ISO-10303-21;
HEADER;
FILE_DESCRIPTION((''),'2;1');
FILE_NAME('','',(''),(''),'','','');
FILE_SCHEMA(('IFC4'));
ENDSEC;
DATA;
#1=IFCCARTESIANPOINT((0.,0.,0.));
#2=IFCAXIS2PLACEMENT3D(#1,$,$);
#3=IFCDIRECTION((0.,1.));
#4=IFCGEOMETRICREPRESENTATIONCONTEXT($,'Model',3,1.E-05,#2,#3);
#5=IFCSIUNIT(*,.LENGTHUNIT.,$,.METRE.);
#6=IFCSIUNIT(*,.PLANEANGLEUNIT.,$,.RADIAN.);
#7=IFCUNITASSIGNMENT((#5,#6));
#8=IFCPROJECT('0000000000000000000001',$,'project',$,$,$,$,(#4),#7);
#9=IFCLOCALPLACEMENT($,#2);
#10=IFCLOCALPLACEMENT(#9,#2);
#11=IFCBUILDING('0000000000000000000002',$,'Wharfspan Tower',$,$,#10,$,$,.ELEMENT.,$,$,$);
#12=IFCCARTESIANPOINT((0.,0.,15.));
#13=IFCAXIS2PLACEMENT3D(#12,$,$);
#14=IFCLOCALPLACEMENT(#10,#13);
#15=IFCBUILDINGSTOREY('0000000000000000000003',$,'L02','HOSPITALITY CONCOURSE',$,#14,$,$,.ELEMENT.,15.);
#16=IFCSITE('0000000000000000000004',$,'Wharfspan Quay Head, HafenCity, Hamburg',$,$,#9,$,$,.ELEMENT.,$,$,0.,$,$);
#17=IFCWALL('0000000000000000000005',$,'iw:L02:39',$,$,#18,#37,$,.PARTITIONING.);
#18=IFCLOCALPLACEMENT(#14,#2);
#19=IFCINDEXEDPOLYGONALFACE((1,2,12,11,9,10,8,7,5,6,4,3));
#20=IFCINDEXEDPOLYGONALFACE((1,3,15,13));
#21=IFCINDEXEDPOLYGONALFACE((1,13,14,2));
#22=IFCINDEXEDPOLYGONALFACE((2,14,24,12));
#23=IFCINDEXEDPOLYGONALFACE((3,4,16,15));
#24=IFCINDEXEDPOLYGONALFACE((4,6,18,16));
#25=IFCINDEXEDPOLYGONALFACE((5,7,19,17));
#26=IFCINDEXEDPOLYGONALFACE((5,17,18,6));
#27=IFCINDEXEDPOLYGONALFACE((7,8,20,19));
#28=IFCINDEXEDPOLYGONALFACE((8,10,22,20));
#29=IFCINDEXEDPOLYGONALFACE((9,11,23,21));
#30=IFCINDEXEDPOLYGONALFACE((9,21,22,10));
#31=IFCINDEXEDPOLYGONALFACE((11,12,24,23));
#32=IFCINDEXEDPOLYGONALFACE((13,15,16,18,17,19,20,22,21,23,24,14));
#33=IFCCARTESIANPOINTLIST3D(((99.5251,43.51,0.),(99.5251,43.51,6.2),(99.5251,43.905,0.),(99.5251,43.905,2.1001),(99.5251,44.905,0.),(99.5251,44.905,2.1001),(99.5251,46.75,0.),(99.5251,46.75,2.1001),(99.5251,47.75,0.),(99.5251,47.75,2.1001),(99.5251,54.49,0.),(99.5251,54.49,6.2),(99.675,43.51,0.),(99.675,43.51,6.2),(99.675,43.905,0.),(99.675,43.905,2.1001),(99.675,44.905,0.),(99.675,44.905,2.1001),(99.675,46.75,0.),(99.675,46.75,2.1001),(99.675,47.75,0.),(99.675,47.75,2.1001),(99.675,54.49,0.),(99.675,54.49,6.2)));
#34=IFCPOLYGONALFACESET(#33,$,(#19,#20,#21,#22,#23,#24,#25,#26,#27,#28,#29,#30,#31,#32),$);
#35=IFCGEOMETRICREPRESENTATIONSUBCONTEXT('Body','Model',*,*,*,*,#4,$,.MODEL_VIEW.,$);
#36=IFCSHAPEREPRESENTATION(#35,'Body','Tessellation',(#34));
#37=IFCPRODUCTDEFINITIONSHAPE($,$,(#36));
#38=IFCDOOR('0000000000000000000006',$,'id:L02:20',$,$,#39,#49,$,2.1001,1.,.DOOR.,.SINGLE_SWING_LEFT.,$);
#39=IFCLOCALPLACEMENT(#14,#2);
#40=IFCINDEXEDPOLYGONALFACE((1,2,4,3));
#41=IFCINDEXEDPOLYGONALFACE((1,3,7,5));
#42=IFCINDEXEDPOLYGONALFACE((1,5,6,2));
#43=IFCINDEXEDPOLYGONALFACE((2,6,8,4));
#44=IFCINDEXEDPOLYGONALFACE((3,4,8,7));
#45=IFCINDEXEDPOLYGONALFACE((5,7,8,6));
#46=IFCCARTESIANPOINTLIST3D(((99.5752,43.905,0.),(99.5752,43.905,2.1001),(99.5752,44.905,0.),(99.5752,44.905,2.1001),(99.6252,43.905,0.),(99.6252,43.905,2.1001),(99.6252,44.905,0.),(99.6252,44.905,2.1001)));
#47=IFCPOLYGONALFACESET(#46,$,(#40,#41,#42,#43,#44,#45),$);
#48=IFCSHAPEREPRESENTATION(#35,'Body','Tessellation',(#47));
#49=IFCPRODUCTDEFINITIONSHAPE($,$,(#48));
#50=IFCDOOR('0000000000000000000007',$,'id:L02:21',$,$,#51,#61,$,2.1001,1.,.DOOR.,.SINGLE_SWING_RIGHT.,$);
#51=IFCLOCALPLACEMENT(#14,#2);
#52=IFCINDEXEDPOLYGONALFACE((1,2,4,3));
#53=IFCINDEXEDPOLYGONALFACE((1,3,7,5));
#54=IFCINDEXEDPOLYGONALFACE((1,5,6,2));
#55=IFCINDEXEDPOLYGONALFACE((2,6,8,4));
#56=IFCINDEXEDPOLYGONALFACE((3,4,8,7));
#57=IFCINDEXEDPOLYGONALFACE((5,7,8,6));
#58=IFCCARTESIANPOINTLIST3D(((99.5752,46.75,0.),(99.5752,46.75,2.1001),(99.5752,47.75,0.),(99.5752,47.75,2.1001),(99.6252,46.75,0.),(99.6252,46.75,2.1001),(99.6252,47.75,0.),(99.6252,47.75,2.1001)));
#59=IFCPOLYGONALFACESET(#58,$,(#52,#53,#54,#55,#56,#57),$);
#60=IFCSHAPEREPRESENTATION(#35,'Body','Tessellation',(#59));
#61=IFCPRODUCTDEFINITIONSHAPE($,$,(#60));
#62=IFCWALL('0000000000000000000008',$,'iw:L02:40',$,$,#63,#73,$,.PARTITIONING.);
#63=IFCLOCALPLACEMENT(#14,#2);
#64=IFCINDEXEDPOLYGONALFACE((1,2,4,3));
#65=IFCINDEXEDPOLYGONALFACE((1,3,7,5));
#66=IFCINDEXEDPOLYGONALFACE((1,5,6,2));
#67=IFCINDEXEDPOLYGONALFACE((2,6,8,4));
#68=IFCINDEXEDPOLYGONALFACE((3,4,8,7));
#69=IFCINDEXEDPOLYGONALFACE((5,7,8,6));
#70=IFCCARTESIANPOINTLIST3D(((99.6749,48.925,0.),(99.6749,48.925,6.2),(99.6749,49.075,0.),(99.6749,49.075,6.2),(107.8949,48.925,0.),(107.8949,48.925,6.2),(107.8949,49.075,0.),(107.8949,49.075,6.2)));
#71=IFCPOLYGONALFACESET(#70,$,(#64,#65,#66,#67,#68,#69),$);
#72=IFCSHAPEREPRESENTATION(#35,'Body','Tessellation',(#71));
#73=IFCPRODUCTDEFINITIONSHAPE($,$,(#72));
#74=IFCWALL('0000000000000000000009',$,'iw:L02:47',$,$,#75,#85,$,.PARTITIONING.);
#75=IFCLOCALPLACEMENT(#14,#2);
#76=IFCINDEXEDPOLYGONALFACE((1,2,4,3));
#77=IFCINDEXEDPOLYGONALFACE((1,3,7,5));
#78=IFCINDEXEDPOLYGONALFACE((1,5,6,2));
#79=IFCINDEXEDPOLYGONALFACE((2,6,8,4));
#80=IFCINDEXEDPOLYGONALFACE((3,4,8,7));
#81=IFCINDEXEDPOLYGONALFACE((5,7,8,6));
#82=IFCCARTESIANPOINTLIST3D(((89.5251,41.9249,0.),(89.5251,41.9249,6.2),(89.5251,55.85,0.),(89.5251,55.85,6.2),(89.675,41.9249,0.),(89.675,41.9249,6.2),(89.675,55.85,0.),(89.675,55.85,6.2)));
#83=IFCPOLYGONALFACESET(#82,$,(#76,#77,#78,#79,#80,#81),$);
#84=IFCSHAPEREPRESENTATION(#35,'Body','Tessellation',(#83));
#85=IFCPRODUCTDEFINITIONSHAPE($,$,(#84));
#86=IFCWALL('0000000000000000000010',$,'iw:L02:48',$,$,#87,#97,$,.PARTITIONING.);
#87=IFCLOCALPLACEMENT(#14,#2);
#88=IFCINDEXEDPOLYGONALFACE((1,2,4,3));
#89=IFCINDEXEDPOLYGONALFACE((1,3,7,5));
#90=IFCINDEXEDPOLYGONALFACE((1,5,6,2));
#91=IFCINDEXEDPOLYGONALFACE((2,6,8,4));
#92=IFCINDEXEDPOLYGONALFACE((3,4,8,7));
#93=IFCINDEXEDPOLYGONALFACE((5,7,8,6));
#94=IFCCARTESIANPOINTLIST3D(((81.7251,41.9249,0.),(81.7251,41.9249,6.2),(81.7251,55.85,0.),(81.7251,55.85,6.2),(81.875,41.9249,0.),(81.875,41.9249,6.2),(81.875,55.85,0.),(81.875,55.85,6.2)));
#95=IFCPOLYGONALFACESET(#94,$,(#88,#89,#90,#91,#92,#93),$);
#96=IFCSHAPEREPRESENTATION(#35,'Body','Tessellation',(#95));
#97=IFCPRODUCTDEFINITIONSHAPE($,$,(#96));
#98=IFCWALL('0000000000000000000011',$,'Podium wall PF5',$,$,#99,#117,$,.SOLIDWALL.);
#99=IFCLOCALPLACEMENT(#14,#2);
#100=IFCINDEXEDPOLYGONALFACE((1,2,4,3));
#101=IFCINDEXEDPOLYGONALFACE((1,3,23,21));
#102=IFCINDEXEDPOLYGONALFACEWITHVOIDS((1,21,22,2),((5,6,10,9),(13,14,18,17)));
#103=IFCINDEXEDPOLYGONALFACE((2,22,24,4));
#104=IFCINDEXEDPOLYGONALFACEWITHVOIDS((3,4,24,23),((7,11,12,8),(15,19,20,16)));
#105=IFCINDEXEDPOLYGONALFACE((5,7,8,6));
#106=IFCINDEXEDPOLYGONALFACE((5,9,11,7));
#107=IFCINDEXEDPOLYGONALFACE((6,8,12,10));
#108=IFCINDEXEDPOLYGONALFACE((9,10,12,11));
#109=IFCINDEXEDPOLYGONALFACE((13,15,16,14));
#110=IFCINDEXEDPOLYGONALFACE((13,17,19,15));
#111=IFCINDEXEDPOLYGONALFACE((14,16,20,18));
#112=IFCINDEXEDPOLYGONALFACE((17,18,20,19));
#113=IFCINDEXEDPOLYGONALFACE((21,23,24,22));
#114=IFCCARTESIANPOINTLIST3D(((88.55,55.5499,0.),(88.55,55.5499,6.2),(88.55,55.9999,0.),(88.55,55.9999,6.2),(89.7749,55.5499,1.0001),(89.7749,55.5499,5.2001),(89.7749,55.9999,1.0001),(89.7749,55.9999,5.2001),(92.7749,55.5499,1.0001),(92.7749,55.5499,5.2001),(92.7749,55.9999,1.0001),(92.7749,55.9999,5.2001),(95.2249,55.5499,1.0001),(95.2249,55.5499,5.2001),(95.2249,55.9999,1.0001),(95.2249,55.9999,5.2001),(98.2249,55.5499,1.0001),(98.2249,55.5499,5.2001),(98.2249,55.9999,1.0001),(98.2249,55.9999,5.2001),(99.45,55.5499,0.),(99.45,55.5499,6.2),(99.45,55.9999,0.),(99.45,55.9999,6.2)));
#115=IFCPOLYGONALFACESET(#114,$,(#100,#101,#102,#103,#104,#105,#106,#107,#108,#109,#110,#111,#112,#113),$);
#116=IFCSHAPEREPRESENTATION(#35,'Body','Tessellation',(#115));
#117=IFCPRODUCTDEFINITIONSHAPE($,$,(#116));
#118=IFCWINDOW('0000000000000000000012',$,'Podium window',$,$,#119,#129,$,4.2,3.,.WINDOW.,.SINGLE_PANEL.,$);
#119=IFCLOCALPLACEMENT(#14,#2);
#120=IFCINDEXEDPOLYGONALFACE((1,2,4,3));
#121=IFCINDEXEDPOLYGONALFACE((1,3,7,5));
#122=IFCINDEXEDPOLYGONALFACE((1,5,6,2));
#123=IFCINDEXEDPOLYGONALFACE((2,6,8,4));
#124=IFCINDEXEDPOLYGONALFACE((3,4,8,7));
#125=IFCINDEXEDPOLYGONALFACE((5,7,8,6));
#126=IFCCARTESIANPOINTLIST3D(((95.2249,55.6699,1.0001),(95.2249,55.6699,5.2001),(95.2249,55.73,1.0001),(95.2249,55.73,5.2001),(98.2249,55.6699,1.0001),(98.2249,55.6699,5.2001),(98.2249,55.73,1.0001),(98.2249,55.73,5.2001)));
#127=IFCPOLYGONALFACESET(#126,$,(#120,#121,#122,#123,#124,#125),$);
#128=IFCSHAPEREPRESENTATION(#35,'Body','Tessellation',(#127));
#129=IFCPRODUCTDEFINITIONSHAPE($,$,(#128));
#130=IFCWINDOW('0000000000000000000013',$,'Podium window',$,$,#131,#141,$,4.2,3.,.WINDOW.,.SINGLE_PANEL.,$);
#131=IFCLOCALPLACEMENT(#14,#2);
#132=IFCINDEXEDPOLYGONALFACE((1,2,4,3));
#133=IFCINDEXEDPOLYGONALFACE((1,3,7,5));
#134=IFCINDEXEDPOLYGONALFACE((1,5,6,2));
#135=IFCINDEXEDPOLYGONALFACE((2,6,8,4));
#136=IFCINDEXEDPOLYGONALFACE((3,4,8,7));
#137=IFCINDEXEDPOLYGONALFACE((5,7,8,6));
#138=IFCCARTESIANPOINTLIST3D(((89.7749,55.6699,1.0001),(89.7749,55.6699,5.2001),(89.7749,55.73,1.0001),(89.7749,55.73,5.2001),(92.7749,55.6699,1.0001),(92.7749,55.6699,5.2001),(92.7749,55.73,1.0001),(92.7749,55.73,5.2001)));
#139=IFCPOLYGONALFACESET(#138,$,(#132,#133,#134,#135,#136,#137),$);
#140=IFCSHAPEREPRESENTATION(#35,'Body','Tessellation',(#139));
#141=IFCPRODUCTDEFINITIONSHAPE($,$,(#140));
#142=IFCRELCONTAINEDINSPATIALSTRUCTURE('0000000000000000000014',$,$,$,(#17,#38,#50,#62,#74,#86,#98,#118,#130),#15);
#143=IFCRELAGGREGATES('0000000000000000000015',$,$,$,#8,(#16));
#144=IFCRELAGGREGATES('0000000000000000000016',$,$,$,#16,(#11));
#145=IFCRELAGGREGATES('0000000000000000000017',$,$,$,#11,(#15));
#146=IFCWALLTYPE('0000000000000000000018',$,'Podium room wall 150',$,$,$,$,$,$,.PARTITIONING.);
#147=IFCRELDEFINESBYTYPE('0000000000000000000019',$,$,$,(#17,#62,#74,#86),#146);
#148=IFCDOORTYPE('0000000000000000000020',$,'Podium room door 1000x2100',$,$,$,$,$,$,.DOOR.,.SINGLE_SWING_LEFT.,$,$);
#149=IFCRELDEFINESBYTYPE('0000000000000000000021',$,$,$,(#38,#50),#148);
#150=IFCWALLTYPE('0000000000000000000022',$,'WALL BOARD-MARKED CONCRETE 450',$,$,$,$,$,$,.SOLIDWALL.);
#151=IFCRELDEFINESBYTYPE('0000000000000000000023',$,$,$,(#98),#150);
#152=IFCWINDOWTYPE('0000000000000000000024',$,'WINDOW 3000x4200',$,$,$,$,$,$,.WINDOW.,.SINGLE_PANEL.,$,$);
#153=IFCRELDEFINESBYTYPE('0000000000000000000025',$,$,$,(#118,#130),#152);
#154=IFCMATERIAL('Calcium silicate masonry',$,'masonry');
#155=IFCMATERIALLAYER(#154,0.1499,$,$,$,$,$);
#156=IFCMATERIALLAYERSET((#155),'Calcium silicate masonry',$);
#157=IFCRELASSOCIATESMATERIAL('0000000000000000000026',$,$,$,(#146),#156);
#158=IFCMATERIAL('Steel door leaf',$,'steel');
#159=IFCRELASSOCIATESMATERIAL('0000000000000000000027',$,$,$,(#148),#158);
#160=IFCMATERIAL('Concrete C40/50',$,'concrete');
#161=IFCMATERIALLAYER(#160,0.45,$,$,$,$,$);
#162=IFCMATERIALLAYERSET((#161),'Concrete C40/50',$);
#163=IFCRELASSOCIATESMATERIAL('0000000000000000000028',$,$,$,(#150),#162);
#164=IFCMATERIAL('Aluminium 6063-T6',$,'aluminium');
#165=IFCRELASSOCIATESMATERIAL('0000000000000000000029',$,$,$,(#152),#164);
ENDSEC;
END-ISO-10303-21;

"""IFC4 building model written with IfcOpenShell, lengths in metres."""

from ifc_helpers import new_model, si_unit, direction, frame, frame_2d, origin, place, context, subcontext, project, spatial, rectangle, extrude, material, layer, layer_set, type_object, element, fill, save


model = new_model("IFC4")

# Units and contexts
model_context = context("Model", 3, precision=1e-05, world=origin(), true_north=direction((0.0, 1.0)))
body_context = subcontext(model_context, "Body", "Model", "MODEL_VIEW")
ifc_project = project(units=[si_unit("LENGTHUNIT", "METRE"), si_unit("PLANEANGLEUNIT", "RADIAN")], contexts=[model_context])

# Site, building, storey
site_placement = place(None, origin())
site = spatial("IfcSite", under=ifc_project, at=site_placement, Name="Wharfspan Quay Head, HafenCity, Hamburg", CompositionType="ELEMENT", RefElevation=0.0)
building_placement = place(site_placement, origin())
building = spatial("IfcBuilding", under=site, at=building_placement, Name="Wharfspan Tower", CompositionType="ELEMENT")
storey_placement = place(building_placement, frame((0.0, 0.0, 15.0)))
storey = spatial("IfcBuildingStorey", under=building, at=storey_placement, Name="L02", Description="HOSPITALITY CONCOURSE", CompositionType="ELEMENT", Elevation=15.0)

# Shared definitions
ifc_material_1 = material(Name="Calcium silicate masonry", Category="masonry")
ifc_layer_1 = layer(ifc_material_1, 0.1499)
ifc_layer_set_1 = layer_set([ifc_layer_1], Name="Calcium silicate masonry")
wall_type_1 = type_object("IfcWallType", Name="Podium room wall 150", PredefinedType="PARTITIONING", material=ifc_layer_set_1)
ifc_material_2 = material(Name="Steel door leaf", Category="steel")

# Wall, openings, doors
wall_1_placement = place(storey_placement, frame((99.6001, 43.51, 0.0), z_axis=(0.0, 0.0, 1.0), x_axis=(0.0, 1.0, 0.0)))
wall_1 = element("IfcWall", 1, at=wall_1_placement, inside=storey, type_object=wall_type_1, Name="iw:L02:39", PredefinedType="PARTITIONING", context=body_context, shape_type="SweptSolid", body=[
    extrude(rectangle(XDim=10.98, YDim=0.1499, at=frame_2d((5.49, 0.0))), origin(), (0.0, 0.0, 1.0), 6.2),
])
opening_1_placement = place(wall_1_placement, frame((0.395, 0.0, 0.0)))
opening_1 = element("IfcOpeningElement", 2, at=opening_1_placement, cuts=wall_1, PredefinedType="OPENING", context=body_context, shape_type="SweptSolid", body=[
    extrude(rectangle(XDim=1.0, YDim=2.1001, at=frame_2d((0.5, 1.05))), frame((0.0, 0.085, 0.0), z_axis=(0.0, -1.0, 0.0), x_axis=(1.0, 0.0, 0.0)), (0.0, 0.0, 1.0), 0.1699),
])
opening_2_placement = place(wall_1_placement, frame((3.24, 0.0, 0.0)))
opening_2 = element("IfcOpeningElement", 3, at=opening_2_placement, cuts=wall_1, PredefinedType="OPENING", context=body_context, shape_type="SweptSolid", body=[
    extrude(rectangle(XDim=1.0, YDim=2.1001, at=frame_2d((0.5, 1.05))), frame((0.0, 0.085, 0.0), z_axis=(0.0, -1.0, 0.0), x_axis=(1.0, 0.0, 0.0)), (0.0, 0.0, 1.0), 0.1699),
])
door_type_1 = type_object("IfcDoorType", Name="Podium room door 1000x2100", OperationType="SINGLE_SWING_LEFT", PredefinedType="DOOR", material=ifc_material_2)
door_1_placement = place(opening_1_placement, origin())
door_1 = element("IfcDoor", 4, at=door_1_placement, inside=storey, type_object=door_type_1, Name="id:L02:20", OperationType="SINGLE_SWING_LEFT", OverallHeight=2.1001, OverallWidth=1.0, PredefinedType="DOOR", context=body_context, shape_type="SweptSolid", body=[
    extrude(rectangle(XDim=1.0, YDim=2.1001, at=frame_2d((0.5, 1.05))), frame((0.0, 0.0249, 0.0), z_axis=(0.0, -1.0, 0.0), x_axis=(1.0, 0.0, 0.0)), (0.0, 0.0, 1.0), 0.05),
])
fill(opening_1, door_1)
door_2_placement = place(opening_2_placement, origin())
door_2 = element("IfcDoor", 5, at=door_2_placement, inside=storey, type_object=door_type_1, Name="id:L02:21", OperationType="SINGLE_SWING_RIGHT", OverallHeight=2.1001, OverallWidth=1.0, PredefinedType="DOOR", context=body_context, shape_type="SweptSolid", body=[
    extrude(rectangle(XDim=1.0, YDim=2.1001, at=frame_2d((0.5, 1.05))), frame((0.0, 0.0249, 0.0), z_axis=(0.0, -1.0, 0.0), x_axis=(1.0, 0.0, 0.0)), (0.0, 0.0, 1.0), 0.05),
])
fill(opening_2, door_2)

# Walls
wall_2_placement = place(storey_placement, frame((99.675, 49.0, 0.0), z_axis=(0.0, 0.0, 1.0), x_axis=(1.0, 0.0, 0.0)))
element("IfcWall", 6, at=wall_2_placement, inside=storey, type_object=wall_type_1, Name="iw:L02:40", PredefinedType="PARTITIONING", context=body_context, shape_type="SweptSolid", body=[
    extrude(rectangle(XDim=8.22, YDim=0.1499, at=frame_2d((4.1099, 0.0))), origin(), (0.0, 0.0, 1.0), 6.2),
])
for number, where, z_axis, x_axis, name in (
    (7, (89.6001, 41.925, 0.0), (0.0, 0.0, 1.0), (0.0, 1.0, 0.0), "iw:L02:47"),
    (8, (81.8, 41.925, 0.0), (0.0, 0.0, 1.0), (0.0, 1.0, 0.0), "iw:L02:48"),
):
    element("IfcWall", number, at=place(storey_placement, frame(where, z_axis=z_axis, x_axis=x_axis)), inside=storey, type_object=wall_type_1, Name=name, PredefinedType="PARTITIONING", context=body_context, shape_type="SweptSolid", body=[
        extrude(rectangle(XDim=13.925, YDim=0.1499, at=frame_2d((6.9624, 0.0))), origin(), (0.0, 0.0, 1.0), 6.2),
    ])

# Wall, openings, windows
ifc_material_3 = material(Name="Concrete C40/50", Category="concrete")
ifc_layer_2 = layer(ifc_material_3, 0.45)
ifc_layer_set_2 = layer_set([ifc_layer_2], Name="Concrete C40/50")
wall_type_2 = type_object("IfcWallType", Name="WALL BOARD-MARKED CONCRETE 450", PredefinedType="SOLIDWALL", material=ifc_layer_set_2)
wall_3_placement = place(storey_placement, frame((99.45, 55.7749, 0.0), z_axis=(0.0, 0.0, 1.0), x_axis=(-1.0, 0.0, 0.0)))
wall_3 = element("IfcWall", 9, at=wall_3_placement, inside=storey, type_object=wall_type_2, Name="Podium wall PF5", PredefinedType="SOLIDWALL", context=body_context, shape_type="SweptSolid", body=[
    extrude(rectangle(XDim=10.8999, YDim=0.45, at=frame_2d((5.45, 0.0))), origin(), (0.0, 0.0, 1.0), 6.2),
])
opening_3_placement = place(wall_3_placement, frame((1.2251, 0.0, 1.0)))
opening_3 = element("IfcOpeningElement", 10, at=opening_3_placement, cuts=wall_3, PredefinedType="OPENING", context=body_context, shape_type="SweptSolid", body=[
    extrude(rectangle(XDim=3.0, YDim=4.2, at=frame_2d((1.5, 2.1001))), frame((0.0, 0.2349, 0.0), z_axis=(0.0, -1.0, 0.0), x_axis=(1.0, 0.0, 0.0)), (0.0, 0.0, 1.0), 0.47),
])
opening_4_placement = place(wall_3_placement, frame((6.675, 0.0, 1.0)))
opening_4 = element("IfcOpeningElement", 11, at=opening_4_placement, cuts=wall_3, PredefinedType="OPENING", context=body_context, shape_type="SweptSolid", body=[
    extrude(rectangle(XDim=3.0, YDim=4.2, at=frame_2d((1.5, 2.1001))), frame((0.0, 0.2349, 0.0), z_axis=(0.0, -1.0, 0.0), x_axis=(1.0, 0.0, 0.0)), (0.0, 0.0, 1.0), 0.47),
])
ifc_material_4 = material(Name="Aluminium 6063-T6", Category="aluminium")
window_type = type_object("IfcWindowType", Name="WINDOW 3000x4200", PartitioningType="SINGLE_PANEL", PredefinedType="WINDOW", material=ifc_material_4)
window_1_placement = place(opening_3_placement, origin())
window_1 = element("IfcWindow", 12, at=window_1_placement, inside=storey, type_object=window_type, Name="Podium window", OverallHeight=4.2, OverallWidth=3.0, PartitioningType="SINGLE_PANEL", PredefinedType="WINDOW", context=body_context, shape_type="SweptSolid", body=[
    extrude(rectangle(XDim=3.0, YDim=4.2, at=frame_2d((1.5, 2.1001))), frame((0.0, 0.105, 0.0), z_axis=(0.0, -1.0, 0.0), x_axis=(1.0, 0.0, 0.0)), (0.0, 0.0, 1.0), 0.0601),
])
fill(opening_3, window_1)
window_2_placement = place(opening_4_placement, origin())
window_2 = element("IfcWindow", 13, at=window_2_placement, inside=storey, type_object=window_type, Name="Podium window", OverallHeight=4.2, OverallWidth=3.0, PartitioningType="SINGLE_PANEL", PredefinedType="WINDOW", context=body_context, shape_type="SweptSolid", body=[
    extrude(rectangle(XDim=3.0, YDim=4.2, at=frame_2d((1.5, 2.1001))), frame((0.0, 0.105, 0.0), z_axis=(0.0, -1.0, 0.0), x_axis=(1.0, 0.0, 0.0)), (0.0, 0.0, 1.0), 0.0601),
])
fill(opening_4, window_2)

save(model, "model.ifc")
